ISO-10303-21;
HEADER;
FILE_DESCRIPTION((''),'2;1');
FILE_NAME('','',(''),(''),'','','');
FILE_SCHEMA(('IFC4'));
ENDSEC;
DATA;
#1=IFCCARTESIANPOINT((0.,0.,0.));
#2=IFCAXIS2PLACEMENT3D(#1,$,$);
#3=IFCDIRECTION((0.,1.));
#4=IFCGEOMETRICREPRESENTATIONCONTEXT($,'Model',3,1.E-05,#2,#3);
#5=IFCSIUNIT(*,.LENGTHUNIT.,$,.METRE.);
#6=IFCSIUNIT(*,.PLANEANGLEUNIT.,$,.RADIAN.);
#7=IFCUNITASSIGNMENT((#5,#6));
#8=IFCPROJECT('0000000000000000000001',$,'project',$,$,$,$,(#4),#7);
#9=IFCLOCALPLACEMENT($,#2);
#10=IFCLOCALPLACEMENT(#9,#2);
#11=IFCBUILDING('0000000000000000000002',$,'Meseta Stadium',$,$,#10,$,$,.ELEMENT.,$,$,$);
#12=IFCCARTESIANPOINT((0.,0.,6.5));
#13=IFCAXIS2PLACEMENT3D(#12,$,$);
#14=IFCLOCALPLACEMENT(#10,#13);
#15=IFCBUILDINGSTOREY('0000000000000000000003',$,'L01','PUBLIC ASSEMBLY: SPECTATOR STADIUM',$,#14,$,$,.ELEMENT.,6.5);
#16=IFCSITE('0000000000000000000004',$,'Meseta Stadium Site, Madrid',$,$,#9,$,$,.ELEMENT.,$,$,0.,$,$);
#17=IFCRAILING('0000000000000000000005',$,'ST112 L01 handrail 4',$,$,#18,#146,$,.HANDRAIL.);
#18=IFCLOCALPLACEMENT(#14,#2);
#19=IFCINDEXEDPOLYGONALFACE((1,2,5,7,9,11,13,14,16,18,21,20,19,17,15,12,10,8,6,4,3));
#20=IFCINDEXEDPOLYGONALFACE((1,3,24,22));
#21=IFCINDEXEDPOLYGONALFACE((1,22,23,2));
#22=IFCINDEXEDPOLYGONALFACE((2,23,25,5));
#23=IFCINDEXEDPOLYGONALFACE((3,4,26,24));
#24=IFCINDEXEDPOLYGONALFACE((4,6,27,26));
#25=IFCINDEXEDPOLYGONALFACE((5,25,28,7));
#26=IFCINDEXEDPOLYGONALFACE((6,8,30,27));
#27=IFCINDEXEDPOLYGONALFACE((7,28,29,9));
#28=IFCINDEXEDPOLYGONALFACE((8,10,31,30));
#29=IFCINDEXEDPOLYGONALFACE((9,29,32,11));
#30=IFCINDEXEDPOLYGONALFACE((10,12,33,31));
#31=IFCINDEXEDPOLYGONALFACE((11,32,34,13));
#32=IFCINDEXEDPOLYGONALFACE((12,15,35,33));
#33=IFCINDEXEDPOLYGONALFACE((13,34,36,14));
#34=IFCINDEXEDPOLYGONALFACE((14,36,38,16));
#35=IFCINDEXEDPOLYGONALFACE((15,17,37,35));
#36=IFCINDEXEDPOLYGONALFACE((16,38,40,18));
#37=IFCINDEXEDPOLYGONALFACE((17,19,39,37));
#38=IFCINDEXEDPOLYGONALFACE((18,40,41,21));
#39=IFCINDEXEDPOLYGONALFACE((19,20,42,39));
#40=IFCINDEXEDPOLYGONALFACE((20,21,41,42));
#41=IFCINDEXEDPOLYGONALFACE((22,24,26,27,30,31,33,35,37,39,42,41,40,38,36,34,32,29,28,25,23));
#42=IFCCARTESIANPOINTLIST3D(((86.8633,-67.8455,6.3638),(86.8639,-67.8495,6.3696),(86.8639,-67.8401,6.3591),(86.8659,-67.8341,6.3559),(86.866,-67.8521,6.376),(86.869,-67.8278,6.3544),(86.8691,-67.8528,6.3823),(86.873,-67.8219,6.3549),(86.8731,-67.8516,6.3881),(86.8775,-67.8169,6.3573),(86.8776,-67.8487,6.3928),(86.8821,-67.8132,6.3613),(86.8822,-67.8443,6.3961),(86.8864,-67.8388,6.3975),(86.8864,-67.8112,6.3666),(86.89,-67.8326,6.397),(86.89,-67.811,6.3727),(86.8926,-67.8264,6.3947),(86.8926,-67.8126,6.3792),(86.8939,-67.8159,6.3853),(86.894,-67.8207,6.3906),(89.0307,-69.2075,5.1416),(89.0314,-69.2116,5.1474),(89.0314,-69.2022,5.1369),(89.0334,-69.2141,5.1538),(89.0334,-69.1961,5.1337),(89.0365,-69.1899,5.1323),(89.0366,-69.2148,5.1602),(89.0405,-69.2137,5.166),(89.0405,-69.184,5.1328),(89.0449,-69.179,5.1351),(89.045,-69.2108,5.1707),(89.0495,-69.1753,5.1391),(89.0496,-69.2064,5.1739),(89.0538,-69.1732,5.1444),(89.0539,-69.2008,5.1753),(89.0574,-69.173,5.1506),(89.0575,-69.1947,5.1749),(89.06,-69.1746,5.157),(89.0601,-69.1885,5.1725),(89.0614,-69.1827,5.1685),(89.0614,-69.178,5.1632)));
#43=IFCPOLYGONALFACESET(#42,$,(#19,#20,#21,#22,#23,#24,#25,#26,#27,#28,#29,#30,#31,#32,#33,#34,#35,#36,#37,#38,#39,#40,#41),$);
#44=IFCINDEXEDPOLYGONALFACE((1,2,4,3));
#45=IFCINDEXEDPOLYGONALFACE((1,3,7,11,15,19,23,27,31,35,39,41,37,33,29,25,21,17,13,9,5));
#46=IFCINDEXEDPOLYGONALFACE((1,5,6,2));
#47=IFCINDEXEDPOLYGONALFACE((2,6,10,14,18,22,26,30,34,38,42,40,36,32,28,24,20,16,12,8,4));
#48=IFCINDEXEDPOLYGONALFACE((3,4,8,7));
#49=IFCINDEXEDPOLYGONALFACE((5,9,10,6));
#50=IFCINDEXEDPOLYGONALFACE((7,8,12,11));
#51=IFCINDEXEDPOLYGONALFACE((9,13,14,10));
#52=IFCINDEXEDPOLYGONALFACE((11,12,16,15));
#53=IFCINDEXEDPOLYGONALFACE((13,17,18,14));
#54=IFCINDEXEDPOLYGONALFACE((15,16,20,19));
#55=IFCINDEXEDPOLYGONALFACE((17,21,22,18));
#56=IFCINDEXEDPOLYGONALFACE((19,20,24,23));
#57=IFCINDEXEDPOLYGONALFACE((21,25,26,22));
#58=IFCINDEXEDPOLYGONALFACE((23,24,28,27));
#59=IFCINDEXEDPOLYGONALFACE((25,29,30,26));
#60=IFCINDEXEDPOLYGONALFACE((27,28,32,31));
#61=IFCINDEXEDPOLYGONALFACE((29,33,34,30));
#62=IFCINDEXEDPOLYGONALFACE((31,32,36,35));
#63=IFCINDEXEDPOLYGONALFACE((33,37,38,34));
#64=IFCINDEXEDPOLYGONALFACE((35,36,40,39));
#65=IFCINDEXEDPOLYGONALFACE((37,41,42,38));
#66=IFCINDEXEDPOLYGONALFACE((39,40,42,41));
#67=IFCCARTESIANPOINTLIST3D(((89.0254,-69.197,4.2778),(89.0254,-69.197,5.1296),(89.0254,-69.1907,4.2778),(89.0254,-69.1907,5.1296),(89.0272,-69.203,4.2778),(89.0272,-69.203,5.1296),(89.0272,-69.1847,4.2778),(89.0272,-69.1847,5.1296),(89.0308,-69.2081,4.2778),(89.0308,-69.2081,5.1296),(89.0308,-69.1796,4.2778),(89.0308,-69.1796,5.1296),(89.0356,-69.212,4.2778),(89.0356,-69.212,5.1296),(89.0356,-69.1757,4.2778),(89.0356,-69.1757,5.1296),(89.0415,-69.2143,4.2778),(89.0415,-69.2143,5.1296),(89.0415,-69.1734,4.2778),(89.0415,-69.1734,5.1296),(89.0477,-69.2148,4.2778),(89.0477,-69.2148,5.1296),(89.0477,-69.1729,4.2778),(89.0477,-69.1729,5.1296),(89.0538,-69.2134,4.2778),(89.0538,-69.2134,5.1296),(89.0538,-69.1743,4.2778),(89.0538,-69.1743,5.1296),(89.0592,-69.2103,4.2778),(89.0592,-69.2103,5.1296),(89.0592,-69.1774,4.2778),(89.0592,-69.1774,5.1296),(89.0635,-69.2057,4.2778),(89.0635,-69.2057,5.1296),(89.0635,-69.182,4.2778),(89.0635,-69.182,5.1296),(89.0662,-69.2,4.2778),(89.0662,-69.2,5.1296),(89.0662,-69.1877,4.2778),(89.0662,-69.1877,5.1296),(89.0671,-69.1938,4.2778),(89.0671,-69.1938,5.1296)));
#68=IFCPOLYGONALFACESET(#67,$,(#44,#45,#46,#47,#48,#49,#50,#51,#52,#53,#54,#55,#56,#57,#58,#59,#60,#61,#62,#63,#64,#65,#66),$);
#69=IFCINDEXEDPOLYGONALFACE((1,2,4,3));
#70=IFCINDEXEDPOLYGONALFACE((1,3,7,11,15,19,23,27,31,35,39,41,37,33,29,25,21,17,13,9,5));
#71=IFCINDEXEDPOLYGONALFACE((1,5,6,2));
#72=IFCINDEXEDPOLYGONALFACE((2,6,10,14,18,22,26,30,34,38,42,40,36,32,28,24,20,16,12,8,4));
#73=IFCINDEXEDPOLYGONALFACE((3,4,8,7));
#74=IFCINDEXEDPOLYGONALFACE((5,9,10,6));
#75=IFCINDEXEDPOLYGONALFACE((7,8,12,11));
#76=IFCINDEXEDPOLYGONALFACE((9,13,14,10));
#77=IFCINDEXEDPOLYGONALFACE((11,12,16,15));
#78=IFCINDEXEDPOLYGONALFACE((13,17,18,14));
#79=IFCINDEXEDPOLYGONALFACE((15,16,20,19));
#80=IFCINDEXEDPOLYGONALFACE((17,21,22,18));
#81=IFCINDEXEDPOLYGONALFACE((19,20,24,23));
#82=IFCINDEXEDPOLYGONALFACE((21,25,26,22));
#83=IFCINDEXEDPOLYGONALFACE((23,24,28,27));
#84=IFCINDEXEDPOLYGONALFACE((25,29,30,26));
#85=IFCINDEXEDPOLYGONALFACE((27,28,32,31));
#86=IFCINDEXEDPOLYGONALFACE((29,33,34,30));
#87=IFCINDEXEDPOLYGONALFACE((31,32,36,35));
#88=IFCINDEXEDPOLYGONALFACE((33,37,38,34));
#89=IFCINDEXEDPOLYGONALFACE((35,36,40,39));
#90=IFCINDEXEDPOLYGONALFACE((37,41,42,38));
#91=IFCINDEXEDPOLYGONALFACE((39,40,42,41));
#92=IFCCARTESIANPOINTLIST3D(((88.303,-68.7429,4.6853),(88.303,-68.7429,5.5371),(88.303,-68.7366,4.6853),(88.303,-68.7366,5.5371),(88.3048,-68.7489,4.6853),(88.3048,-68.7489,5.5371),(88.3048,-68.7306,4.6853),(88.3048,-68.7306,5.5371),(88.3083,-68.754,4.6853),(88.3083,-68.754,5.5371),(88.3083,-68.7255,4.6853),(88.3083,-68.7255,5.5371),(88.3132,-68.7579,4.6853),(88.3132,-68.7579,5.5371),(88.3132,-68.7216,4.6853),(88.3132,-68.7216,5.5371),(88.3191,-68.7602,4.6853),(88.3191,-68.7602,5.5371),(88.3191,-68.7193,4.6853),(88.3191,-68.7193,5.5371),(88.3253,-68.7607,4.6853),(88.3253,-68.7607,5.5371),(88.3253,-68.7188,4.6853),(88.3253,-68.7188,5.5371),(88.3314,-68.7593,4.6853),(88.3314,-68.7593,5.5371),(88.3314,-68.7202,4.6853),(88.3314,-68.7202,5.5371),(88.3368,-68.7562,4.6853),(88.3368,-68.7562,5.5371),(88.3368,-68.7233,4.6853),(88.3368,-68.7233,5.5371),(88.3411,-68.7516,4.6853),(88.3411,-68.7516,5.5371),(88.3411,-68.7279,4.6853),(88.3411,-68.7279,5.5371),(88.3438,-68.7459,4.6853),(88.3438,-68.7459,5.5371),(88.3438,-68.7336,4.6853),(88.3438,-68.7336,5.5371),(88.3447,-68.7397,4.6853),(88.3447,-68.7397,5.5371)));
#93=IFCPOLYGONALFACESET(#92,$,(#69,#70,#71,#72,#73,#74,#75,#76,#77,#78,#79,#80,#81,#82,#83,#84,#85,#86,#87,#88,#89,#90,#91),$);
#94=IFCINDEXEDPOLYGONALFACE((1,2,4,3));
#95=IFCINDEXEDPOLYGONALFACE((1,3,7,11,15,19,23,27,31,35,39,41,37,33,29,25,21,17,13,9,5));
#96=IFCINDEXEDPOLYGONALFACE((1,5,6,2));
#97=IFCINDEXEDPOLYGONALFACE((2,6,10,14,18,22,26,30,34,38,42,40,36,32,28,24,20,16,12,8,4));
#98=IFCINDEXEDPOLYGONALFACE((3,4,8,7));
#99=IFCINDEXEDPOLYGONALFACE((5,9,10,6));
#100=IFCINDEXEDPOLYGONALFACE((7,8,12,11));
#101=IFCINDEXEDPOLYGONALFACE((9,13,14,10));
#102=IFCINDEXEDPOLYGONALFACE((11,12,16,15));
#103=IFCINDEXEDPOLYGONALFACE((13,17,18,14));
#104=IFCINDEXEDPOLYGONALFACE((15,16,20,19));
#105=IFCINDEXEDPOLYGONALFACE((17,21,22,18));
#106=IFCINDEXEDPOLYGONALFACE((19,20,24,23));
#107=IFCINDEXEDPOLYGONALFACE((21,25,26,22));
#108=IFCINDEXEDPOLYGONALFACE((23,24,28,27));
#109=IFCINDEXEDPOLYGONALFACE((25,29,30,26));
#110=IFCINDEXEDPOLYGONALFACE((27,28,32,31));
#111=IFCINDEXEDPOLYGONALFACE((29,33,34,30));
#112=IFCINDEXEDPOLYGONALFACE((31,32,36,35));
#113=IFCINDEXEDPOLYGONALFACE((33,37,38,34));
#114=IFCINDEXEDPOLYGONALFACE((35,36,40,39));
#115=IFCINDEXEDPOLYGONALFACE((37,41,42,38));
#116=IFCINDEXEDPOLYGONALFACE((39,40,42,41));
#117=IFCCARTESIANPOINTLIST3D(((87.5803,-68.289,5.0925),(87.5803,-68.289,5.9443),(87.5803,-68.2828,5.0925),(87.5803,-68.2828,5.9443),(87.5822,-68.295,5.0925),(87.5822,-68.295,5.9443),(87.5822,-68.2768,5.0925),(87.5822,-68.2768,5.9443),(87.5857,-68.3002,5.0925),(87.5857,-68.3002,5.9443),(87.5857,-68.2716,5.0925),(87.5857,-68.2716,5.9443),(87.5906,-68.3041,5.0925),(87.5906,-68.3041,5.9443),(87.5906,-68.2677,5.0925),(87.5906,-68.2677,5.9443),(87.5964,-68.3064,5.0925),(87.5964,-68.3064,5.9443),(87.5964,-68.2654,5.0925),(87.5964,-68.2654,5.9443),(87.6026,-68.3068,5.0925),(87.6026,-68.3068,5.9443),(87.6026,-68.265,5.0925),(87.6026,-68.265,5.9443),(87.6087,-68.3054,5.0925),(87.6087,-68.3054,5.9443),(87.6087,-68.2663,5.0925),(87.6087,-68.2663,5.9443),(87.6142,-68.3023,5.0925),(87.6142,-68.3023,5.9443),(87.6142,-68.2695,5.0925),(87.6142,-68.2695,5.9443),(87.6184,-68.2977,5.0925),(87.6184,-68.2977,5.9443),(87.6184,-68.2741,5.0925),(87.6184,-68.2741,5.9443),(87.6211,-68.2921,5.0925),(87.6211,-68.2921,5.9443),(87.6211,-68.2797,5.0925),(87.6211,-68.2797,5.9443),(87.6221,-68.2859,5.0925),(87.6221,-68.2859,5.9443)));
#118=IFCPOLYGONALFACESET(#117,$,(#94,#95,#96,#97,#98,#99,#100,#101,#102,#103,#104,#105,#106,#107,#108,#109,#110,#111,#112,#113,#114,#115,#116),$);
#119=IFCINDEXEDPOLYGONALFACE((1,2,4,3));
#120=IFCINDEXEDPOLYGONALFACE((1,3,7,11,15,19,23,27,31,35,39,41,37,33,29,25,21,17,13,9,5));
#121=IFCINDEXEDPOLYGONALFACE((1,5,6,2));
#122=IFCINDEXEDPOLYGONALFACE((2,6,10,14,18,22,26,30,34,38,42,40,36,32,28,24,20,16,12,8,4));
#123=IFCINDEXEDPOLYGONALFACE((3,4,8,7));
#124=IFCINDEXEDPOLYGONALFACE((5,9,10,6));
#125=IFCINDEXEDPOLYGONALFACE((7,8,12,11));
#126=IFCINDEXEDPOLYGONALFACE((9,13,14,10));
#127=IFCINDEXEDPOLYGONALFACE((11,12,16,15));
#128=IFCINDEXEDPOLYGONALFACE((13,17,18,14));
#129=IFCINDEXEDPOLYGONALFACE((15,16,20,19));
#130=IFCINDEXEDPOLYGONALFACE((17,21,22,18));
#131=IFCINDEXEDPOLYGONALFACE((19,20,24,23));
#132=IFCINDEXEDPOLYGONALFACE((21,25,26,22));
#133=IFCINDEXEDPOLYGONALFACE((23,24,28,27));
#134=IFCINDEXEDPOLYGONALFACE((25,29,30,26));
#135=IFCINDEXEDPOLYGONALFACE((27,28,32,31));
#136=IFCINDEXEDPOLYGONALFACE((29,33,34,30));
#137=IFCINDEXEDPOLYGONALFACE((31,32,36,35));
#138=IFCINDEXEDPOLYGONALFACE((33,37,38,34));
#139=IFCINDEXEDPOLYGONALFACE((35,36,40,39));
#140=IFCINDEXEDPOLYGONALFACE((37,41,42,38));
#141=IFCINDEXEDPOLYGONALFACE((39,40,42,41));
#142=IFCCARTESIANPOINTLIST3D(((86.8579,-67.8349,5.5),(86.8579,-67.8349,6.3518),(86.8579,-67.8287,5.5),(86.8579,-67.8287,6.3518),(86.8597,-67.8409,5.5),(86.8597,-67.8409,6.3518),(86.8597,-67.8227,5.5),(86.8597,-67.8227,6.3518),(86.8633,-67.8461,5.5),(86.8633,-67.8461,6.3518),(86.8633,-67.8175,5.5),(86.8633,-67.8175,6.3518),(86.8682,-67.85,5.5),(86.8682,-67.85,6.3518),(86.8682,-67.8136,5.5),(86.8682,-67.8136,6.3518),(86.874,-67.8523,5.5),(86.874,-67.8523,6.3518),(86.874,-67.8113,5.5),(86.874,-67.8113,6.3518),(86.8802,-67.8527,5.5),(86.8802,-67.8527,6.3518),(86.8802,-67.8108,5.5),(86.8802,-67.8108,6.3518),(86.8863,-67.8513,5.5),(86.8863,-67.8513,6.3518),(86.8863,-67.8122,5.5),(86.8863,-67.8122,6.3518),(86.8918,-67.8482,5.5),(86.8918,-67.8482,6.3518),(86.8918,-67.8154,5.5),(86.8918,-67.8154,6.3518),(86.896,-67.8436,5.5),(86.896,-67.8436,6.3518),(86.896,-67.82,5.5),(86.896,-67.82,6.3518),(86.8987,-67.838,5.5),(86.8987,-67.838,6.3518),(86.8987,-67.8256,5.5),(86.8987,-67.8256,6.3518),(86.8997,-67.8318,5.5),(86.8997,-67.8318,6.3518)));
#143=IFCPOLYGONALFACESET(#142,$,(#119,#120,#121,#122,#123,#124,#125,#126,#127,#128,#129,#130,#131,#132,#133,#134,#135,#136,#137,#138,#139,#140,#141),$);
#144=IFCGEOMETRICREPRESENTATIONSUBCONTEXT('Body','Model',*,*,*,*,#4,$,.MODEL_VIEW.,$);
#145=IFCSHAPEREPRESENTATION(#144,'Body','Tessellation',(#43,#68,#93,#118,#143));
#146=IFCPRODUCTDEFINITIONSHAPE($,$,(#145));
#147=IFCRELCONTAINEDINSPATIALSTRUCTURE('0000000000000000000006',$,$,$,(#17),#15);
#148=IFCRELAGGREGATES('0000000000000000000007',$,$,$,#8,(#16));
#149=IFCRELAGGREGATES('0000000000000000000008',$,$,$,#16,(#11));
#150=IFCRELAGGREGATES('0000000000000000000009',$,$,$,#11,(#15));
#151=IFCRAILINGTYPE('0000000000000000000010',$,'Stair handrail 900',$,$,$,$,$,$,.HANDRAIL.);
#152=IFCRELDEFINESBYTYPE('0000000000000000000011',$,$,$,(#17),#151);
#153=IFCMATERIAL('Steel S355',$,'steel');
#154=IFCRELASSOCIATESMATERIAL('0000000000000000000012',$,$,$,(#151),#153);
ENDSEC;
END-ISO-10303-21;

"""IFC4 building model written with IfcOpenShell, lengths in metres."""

from ifc_helpers import new_model, si_unit, direction, frame, origin, origin_2d, place, context, subcontext, project, spatial, circle, extrude, material, type_object, element, save


model = new_model("IFC4")

# Units and contexts
model_context = context("Model", 3, precision=1e-05, world=origin(), true_north=direction((0.0, 1.0)))
body_context = subcontext(model_context, "Body", "Model", "MODEL_VIEW")
ifc_project = project(units=[si_unit("LENGTHUNIT", "METRE"), si_unit("PLANEANGLEUNIT", "RADIAN")], contexts=[model_context])

# Site, building, storey
site_placement = place(None, origin())
site = spatial("IfcSite", under=ifc_project, at=site_placement, Name="Meseta Stadium Site, Madrid", CompositionType="ELEMENT", RefElevation=0.0)
building_placement = place(site_placement, origin())
building = spatial("IfcBuilding", under=site, at=building_placement, Name="Meseta Stadium", CompositionType="ELEMENT")
storey_placement = place(building_placement, frame((0.0, 0.0, 6.5)))
storey = spatial("IfcBuildingStorey", under=building, at=storey_placement, Name="L01", Description="PUBLIC ASSEMBLY: SPECTATOR STADIUM", CompositionType="ELEMENT", Elevation=6.5)

# Railing
ifc_material_1 = material(Name="Steel S355", Category="steel")
railing_type_1 = type_object("IfcRailingType", Name="Stair handrail 900", PredefinedType="HANDRAIL", material=ifc_material_1)
railing_1_placement = place(storey_placement, frame((89.0461, -69.1938, 4.2778)))
element("IfcRailing", 1, at=railing_1_placement, inside=storey, type_object=railing_type_1, Name="ST112 L01 handrail 4", PredefinedType="HANDRAIL", context=body_context, shape_type="SweptSolid", body=[
    extrude(circle(Radius=0.0239, at=origin_2d()), frame((0.0, 0.0, 0.876), z_axis=(-0.764085, 0.480156, 0.430841), x_axis=(-0.532072, -0.846699, 0.0)), (0.0, 0.0, 1.0), 2.8367),
    extrude(circle(Radius=0.021, at=origin_2d()), origin(), (0.0, 0.0, 1.0), 0.8518),
    extrude(circle(Radius=0.021, at=origin_2d()), frame((-0.7224, 0.4541, 0.4075)), (0.0, 0.0, 1.0), 0.8518),
    extrude(circle(Radius=0.021, at=origin_2d()), frame((-1.4451, 0.908, 0.8147)), (0.0, 0.0, 1.0), 0.8518),
    extrude(circle(Radius=0.021, at=origin_2d()), frame((-2.1675, 1.3621, 1.2222)), (0.0, 0.0, 1.0), 0.8518),
])

save(model, "model.ifc")
